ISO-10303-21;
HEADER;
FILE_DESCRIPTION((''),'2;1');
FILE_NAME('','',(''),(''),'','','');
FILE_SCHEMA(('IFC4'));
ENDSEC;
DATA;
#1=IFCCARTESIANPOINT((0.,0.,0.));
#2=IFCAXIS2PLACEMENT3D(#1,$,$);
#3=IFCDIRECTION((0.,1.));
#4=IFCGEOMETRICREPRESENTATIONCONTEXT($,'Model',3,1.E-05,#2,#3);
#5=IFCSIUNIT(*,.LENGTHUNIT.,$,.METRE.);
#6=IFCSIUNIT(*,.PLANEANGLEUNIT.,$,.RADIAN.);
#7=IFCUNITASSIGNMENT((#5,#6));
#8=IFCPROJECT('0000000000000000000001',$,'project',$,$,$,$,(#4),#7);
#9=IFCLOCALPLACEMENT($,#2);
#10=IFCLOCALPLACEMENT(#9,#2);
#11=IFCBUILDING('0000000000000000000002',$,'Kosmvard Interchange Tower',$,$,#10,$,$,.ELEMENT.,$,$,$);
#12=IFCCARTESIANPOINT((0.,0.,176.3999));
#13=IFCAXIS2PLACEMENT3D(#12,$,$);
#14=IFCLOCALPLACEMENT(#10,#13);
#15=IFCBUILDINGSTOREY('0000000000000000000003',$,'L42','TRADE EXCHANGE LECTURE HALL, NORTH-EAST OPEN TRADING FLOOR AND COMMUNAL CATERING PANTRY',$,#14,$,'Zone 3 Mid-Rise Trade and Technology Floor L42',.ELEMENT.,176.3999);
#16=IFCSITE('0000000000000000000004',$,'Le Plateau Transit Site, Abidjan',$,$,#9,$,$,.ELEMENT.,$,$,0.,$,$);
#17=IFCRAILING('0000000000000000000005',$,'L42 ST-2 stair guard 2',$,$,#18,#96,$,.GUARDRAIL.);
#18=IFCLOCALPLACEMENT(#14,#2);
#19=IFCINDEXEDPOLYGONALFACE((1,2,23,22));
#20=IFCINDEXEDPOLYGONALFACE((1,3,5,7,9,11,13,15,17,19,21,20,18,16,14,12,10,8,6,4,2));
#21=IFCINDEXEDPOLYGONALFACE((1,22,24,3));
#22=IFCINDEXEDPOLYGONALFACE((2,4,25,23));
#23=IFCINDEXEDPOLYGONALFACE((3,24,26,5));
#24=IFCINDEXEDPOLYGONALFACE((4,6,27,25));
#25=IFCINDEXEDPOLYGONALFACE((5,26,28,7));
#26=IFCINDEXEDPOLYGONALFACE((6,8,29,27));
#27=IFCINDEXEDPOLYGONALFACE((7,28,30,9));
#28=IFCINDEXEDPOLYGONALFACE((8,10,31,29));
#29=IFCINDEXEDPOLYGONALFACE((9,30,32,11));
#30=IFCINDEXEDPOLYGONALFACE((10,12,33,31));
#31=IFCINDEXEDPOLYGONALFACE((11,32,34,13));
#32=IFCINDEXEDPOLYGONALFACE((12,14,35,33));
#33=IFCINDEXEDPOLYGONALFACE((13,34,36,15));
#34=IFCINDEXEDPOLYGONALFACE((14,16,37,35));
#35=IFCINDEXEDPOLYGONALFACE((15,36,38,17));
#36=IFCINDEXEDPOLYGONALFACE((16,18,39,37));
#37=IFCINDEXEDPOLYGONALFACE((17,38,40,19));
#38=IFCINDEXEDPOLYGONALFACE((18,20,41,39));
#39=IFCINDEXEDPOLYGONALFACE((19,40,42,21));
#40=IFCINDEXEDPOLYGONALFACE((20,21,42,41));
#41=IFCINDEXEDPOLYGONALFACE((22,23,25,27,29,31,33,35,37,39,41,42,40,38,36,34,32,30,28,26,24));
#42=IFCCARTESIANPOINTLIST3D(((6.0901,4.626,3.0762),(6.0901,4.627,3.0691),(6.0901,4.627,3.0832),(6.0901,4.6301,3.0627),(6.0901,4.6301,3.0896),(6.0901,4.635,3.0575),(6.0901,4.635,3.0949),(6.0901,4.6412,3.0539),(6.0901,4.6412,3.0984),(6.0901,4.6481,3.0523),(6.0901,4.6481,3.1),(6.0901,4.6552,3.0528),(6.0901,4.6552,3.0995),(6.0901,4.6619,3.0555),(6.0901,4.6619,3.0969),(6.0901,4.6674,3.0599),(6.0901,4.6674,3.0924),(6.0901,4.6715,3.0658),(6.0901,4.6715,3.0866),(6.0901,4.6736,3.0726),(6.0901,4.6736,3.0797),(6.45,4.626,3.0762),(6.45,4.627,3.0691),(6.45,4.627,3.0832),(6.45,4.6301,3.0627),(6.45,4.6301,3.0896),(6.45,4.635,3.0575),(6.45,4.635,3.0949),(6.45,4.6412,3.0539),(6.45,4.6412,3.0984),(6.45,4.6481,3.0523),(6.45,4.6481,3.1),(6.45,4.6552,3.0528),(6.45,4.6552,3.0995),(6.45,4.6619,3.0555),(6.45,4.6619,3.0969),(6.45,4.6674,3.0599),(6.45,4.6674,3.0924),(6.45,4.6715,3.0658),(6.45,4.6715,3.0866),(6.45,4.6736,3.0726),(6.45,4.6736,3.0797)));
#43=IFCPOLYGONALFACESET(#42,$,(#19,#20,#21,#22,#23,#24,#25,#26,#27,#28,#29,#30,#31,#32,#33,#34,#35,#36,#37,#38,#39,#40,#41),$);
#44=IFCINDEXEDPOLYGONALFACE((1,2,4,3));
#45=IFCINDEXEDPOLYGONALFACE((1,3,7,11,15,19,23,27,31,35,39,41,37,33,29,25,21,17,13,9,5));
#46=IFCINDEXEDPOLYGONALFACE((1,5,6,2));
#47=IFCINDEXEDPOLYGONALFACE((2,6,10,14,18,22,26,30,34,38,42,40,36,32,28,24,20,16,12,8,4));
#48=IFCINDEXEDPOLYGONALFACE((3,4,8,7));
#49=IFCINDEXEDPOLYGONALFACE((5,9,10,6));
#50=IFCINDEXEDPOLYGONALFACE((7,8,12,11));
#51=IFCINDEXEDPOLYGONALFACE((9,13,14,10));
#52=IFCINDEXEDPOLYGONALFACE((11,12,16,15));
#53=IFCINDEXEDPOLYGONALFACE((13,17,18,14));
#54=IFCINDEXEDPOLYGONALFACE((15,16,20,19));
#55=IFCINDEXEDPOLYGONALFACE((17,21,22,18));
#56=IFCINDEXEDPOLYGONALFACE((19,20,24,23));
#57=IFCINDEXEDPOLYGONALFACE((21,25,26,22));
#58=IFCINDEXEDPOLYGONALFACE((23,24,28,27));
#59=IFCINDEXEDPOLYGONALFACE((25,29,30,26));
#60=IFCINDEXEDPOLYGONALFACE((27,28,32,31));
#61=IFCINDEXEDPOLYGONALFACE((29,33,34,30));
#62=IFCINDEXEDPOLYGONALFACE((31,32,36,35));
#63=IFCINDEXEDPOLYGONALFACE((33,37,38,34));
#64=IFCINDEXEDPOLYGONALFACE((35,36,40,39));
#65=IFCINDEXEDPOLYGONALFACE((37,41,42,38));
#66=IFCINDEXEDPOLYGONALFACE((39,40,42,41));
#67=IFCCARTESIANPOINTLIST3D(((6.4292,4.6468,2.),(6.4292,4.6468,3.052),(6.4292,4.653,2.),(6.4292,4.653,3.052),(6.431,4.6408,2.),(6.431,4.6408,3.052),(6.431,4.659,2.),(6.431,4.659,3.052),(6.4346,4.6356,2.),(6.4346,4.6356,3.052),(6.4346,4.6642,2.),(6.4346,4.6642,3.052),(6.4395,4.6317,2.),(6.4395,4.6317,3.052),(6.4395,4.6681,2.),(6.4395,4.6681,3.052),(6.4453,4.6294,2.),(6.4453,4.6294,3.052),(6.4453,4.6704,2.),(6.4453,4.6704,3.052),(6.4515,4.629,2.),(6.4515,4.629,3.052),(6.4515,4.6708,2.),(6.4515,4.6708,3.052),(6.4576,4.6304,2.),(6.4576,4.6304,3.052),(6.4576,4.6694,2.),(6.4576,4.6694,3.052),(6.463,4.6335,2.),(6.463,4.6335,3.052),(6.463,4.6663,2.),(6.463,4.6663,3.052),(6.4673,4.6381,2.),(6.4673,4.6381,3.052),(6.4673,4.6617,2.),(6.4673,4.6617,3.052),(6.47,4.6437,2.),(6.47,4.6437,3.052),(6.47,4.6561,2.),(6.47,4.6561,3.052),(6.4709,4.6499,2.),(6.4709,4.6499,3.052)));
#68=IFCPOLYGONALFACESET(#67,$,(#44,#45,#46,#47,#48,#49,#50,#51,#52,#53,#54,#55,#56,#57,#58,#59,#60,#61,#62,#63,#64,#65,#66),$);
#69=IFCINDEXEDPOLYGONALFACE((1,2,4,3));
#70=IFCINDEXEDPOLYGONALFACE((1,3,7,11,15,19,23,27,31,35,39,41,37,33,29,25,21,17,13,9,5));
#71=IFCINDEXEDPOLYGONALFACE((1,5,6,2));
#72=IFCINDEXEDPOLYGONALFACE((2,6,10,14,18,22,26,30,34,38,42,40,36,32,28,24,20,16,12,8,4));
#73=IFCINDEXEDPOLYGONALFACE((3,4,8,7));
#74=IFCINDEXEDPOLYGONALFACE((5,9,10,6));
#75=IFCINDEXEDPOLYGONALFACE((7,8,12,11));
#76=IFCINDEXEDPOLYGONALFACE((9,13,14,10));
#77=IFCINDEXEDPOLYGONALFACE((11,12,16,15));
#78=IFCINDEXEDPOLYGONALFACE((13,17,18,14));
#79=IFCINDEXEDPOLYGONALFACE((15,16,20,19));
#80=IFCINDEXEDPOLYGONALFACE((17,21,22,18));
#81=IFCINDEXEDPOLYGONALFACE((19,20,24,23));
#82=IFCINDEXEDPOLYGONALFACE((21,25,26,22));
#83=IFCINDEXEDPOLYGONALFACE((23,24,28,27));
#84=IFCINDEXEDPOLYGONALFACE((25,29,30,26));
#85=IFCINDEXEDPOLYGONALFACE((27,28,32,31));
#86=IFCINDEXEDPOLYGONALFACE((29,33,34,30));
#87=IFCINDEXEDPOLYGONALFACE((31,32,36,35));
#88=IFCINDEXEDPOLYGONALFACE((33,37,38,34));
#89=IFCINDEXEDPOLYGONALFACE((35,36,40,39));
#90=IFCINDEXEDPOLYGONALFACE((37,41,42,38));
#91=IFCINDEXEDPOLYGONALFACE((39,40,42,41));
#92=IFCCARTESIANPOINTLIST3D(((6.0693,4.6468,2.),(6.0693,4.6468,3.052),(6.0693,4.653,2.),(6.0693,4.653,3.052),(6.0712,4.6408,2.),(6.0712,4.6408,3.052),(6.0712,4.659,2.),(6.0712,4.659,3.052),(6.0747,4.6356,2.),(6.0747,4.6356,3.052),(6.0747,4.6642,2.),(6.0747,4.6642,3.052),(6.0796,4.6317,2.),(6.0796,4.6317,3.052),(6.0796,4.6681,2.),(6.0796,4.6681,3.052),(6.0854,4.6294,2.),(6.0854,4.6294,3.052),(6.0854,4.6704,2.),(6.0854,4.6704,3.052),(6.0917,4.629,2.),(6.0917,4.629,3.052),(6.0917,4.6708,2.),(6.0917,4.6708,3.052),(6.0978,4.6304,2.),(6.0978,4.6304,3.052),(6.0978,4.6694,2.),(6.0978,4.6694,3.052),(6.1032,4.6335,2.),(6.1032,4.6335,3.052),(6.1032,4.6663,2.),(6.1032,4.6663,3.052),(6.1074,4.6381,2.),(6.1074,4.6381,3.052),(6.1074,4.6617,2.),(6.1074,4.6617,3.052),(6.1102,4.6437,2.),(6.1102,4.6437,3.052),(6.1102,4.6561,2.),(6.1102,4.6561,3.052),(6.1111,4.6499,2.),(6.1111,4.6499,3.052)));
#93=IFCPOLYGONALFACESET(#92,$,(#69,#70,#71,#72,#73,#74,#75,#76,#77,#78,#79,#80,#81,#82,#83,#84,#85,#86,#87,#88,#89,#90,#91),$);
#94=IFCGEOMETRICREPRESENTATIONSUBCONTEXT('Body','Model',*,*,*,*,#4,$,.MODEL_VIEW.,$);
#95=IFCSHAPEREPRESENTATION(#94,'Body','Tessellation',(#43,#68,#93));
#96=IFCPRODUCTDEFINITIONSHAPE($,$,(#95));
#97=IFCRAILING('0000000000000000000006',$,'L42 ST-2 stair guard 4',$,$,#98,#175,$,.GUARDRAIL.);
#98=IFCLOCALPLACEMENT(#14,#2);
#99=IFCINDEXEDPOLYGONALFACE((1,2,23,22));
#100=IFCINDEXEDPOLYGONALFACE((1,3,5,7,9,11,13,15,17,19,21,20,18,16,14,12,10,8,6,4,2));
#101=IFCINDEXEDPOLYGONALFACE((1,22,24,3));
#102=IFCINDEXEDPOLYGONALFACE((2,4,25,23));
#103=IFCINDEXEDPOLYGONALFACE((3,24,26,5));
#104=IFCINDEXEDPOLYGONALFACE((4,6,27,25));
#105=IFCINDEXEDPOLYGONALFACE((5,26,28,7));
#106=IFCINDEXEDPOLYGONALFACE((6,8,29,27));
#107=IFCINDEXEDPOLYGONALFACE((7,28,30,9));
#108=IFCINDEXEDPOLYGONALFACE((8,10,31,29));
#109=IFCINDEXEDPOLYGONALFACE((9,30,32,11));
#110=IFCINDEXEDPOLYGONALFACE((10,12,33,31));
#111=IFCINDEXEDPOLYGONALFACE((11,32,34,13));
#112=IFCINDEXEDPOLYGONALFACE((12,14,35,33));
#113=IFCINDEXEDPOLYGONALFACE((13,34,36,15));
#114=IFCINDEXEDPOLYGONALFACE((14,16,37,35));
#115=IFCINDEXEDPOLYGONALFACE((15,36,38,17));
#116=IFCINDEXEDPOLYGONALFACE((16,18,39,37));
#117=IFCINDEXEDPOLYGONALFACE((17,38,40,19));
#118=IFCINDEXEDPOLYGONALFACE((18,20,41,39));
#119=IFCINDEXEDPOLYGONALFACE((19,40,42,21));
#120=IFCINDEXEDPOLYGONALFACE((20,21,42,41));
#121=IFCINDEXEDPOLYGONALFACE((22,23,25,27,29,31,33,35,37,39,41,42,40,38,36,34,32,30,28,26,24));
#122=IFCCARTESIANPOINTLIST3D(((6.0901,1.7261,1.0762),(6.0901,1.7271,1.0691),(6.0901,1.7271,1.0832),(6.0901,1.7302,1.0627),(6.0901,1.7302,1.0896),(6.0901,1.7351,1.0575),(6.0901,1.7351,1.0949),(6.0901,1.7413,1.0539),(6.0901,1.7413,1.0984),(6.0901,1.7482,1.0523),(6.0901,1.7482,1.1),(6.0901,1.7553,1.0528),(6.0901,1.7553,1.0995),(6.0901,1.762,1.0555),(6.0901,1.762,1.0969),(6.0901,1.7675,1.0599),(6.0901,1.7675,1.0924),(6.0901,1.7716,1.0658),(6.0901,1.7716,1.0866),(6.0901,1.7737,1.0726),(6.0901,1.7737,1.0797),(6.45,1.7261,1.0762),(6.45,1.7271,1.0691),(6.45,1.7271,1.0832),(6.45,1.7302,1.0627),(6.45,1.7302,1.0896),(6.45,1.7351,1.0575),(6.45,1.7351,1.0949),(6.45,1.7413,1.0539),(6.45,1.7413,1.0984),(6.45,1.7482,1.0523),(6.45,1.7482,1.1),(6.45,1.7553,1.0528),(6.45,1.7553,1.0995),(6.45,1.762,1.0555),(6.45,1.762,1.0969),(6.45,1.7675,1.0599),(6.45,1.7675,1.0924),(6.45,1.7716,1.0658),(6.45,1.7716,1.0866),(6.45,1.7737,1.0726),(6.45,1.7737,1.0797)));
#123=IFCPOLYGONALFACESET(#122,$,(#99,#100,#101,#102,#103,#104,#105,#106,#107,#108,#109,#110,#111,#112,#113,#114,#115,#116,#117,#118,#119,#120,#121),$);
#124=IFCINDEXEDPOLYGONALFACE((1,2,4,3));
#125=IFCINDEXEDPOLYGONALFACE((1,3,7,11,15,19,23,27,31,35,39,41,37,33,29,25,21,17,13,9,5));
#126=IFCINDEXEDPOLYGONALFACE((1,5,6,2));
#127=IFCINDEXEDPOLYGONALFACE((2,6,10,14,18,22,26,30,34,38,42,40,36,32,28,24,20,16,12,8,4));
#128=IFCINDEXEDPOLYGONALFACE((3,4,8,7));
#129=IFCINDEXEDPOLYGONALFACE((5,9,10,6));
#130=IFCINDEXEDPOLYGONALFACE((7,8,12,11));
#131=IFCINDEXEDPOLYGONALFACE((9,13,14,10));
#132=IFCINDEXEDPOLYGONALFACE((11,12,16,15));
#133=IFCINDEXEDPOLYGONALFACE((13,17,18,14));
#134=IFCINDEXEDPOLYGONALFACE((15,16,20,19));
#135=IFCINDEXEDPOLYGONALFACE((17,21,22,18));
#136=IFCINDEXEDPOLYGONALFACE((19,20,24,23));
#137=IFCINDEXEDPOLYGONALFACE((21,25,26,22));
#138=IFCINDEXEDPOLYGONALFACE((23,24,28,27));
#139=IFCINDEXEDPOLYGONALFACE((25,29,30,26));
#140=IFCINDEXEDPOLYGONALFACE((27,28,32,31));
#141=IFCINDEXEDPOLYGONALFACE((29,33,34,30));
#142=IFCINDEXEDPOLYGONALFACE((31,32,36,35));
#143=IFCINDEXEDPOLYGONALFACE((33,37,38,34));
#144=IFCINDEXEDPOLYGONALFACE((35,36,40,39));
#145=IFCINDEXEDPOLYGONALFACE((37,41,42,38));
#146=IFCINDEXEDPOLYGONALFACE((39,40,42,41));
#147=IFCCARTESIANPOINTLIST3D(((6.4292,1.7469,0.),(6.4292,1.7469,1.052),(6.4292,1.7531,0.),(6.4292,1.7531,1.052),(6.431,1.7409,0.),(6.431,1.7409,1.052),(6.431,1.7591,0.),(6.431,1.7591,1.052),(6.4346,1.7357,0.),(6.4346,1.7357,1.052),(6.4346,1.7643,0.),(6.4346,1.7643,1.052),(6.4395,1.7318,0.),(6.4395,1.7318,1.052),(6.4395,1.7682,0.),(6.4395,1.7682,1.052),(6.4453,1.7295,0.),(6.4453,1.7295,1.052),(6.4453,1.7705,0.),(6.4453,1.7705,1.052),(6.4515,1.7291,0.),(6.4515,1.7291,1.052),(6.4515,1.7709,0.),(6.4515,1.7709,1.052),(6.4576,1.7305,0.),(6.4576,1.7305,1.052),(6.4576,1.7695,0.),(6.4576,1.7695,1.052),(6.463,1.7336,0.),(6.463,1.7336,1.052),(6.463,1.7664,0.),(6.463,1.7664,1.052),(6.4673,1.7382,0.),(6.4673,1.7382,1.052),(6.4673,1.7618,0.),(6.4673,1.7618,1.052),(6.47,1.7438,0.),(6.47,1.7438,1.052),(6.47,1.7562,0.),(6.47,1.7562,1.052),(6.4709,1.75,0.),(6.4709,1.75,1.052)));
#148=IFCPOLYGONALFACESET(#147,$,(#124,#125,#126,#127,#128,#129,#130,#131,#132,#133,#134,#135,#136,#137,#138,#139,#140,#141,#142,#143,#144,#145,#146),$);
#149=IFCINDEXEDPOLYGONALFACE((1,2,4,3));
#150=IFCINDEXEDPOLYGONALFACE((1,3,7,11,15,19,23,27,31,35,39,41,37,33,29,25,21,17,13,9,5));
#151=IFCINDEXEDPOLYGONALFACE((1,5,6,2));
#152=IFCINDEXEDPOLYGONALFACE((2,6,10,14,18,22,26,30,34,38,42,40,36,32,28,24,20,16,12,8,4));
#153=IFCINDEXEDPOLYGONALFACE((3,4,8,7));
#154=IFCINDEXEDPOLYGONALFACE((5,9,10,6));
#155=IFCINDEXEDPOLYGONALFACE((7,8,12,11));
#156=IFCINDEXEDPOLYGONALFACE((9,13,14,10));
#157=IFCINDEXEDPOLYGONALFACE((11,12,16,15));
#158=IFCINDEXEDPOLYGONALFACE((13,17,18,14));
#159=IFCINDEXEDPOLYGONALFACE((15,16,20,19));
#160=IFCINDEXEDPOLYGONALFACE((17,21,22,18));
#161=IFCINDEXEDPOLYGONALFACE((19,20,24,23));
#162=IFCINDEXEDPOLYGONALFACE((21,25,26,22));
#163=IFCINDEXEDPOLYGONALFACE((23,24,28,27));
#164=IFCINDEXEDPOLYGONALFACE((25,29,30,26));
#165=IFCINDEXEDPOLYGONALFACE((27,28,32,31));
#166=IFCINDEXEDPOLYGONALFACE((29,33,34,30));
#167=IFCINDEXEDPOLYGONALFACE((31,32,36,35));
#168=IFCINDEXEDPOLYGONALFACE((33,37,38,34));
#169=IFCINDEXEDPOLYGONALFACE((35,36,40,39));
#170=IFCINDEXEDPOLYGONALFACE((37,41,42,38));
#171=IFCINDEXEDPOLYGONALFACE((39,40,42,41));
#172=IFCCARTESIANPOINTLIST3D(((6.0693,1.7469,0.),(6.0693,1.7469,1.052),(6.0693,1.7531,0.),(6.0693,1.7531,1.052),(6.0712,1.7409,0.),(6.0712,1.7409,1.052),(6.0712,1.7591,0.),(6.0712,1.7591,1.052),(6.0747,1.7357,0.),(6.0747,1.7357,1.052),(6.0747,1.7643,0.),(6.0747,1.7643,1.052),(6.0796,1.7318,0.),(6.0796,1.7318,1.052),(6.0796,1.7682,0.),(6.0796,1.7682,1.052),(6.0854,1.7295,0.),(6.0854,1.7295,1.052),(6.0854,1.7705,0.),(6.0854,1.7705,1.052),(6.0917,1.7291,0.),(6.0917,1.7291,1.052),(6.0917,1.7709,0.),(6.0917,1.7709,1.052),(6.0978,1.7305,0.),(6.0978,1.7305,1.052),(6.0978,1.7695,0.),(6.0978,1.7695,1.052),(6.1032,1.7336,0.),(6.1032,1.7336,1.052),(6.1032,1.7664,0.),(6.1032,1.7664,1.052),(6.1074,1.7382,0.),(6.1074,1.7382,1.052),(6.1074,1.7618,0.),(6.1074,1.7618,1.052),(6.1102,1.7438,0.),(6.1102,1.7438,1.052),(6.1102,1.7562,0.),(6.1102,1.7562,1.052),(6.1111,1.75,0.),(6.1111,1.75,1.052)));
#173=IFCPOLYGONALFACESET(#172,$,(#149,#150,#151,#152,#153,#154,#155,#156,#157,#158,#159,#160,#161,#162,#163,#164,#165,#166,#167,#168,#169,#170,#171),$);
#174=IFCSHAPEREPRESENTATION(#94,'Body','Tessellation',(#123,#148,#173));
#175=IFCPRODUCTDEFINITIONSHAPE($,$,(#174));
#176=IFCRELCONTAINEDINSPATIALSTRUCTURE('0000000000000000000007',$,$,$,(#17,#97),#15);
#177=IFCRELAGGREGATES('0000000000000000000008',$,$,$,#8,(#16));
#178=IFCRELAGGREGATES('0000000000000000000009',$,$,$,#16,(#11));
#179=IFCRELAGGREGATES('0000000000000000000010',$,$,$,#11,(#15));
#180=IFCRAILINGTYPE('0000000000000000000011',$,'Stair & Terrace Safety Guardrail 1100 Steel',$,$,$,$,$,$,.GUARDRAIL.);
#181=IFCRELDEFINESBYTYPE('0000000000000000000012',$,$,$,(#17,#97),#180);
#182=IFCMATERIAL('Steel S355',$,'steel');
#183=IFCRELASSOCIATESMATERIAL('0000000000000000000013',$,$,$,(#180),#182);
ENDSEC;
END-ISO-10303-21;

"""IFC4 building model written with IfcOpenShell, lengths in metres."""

from ifc_helpers import new_model, si_unit, direction, frame, origin, origin_2d, place, context, subcontext, project, spatial, circle, extrude, source, transform, mapped, material, type_object, element, save


model = new_model("IFC4")

# Units and contexts
model_context = context("Model", 3, precision=1e-05, world=origin(), true_north=direction((0.0, 1.0)))
body_context = subcontext(model_context, "Body", "Model", "MODEL_VIEW")
ifc_project = project(units=[si_unit("LENGTHUNIT", "METRE"), si_unit("PLANEANGLEUNIT", "RADIAN")], contexts=[model_context])

# Site, building, storey
site_placement = place(None, origin())
site = spatial("IfcSite", under=ifc_project, at=site_placement, Name="Le Plateau Transit Site, Abidjan", CompositionType="ELEMENT", RefElevation=0.0)
building_placement = place(site_placement, origin())
building = spatial("IfcBuilding", under=site, at=building_placement, Name="Kosmvard Interchange Tower", CompositionType="ELEMENT")
storey_placement = place(building_placement, frame((0.0, 0.0, 176.3999)))
storey = spatial("IfcBuildingStorey", under=building, at=storey_placement, Name="L42", Description="TRADE EXCHANGE LECTURE HALL, NORTH-EAST OPEN TRADING FLOOR AND COMMUNAL CATERING PANTRY", LongName="Zone 3 Mid-Rise Trade and Technology Floor L42", CompositionType="ELEMENT", Elevation=176.3999)

# Railings
ifc_material_1 = material(Name="Steel S355", Category="steel")
railing_type_1 = type_object("IfcRailingType", Name="Stair & Terrace Safety Guardrail 1100 Steel", PredefinedType="GUARDRAIL", material=ifc_material_1)
shared_shape_1 = source(origin(), body_context, "Body", "SweptSolid", [
    extrude(circle(Radius=0.0239, at=origin_2d()), frame((0.0, 0.0, 1.0762), z_axis=(-1.0, 0.0, 0.0), x_axis=(0.0, -1.0, 0.0)), (0.0, 0.0, 1.0), 0.3599),
    extrude(circle(Radius=0.021, at=origin_2d()), origin(), (0.0, 0.0, 1.0), 1.052),
    extrude(circle(Radius=0.021, at=origin_2d()), frame((-0.3599, 0.0, 0.0)), (0.0, 0.0, 1.0), 1.052),
])
for number, where, name in (
    (1, (6.45, 4.6499, 2.0), "L42 ST-2 stair guard 2"),
    (2, (6.45, 1.75, 0.0), "L42 ST-2 stair guard 4"),
):
    element("IfcRailing", number, at=place(storey_placement, frame(where)), inside=storey, type_object=railing_type_1, Name=name, PredefinedType="GUARDRAIL", context=body_context, shape_type="MappedRepresentation", body=[
        mapped(shared_shape_1, transform((0.0, 0.0, 0.0), scale=1.0)),
    ])

save(model, "model.ifc")
